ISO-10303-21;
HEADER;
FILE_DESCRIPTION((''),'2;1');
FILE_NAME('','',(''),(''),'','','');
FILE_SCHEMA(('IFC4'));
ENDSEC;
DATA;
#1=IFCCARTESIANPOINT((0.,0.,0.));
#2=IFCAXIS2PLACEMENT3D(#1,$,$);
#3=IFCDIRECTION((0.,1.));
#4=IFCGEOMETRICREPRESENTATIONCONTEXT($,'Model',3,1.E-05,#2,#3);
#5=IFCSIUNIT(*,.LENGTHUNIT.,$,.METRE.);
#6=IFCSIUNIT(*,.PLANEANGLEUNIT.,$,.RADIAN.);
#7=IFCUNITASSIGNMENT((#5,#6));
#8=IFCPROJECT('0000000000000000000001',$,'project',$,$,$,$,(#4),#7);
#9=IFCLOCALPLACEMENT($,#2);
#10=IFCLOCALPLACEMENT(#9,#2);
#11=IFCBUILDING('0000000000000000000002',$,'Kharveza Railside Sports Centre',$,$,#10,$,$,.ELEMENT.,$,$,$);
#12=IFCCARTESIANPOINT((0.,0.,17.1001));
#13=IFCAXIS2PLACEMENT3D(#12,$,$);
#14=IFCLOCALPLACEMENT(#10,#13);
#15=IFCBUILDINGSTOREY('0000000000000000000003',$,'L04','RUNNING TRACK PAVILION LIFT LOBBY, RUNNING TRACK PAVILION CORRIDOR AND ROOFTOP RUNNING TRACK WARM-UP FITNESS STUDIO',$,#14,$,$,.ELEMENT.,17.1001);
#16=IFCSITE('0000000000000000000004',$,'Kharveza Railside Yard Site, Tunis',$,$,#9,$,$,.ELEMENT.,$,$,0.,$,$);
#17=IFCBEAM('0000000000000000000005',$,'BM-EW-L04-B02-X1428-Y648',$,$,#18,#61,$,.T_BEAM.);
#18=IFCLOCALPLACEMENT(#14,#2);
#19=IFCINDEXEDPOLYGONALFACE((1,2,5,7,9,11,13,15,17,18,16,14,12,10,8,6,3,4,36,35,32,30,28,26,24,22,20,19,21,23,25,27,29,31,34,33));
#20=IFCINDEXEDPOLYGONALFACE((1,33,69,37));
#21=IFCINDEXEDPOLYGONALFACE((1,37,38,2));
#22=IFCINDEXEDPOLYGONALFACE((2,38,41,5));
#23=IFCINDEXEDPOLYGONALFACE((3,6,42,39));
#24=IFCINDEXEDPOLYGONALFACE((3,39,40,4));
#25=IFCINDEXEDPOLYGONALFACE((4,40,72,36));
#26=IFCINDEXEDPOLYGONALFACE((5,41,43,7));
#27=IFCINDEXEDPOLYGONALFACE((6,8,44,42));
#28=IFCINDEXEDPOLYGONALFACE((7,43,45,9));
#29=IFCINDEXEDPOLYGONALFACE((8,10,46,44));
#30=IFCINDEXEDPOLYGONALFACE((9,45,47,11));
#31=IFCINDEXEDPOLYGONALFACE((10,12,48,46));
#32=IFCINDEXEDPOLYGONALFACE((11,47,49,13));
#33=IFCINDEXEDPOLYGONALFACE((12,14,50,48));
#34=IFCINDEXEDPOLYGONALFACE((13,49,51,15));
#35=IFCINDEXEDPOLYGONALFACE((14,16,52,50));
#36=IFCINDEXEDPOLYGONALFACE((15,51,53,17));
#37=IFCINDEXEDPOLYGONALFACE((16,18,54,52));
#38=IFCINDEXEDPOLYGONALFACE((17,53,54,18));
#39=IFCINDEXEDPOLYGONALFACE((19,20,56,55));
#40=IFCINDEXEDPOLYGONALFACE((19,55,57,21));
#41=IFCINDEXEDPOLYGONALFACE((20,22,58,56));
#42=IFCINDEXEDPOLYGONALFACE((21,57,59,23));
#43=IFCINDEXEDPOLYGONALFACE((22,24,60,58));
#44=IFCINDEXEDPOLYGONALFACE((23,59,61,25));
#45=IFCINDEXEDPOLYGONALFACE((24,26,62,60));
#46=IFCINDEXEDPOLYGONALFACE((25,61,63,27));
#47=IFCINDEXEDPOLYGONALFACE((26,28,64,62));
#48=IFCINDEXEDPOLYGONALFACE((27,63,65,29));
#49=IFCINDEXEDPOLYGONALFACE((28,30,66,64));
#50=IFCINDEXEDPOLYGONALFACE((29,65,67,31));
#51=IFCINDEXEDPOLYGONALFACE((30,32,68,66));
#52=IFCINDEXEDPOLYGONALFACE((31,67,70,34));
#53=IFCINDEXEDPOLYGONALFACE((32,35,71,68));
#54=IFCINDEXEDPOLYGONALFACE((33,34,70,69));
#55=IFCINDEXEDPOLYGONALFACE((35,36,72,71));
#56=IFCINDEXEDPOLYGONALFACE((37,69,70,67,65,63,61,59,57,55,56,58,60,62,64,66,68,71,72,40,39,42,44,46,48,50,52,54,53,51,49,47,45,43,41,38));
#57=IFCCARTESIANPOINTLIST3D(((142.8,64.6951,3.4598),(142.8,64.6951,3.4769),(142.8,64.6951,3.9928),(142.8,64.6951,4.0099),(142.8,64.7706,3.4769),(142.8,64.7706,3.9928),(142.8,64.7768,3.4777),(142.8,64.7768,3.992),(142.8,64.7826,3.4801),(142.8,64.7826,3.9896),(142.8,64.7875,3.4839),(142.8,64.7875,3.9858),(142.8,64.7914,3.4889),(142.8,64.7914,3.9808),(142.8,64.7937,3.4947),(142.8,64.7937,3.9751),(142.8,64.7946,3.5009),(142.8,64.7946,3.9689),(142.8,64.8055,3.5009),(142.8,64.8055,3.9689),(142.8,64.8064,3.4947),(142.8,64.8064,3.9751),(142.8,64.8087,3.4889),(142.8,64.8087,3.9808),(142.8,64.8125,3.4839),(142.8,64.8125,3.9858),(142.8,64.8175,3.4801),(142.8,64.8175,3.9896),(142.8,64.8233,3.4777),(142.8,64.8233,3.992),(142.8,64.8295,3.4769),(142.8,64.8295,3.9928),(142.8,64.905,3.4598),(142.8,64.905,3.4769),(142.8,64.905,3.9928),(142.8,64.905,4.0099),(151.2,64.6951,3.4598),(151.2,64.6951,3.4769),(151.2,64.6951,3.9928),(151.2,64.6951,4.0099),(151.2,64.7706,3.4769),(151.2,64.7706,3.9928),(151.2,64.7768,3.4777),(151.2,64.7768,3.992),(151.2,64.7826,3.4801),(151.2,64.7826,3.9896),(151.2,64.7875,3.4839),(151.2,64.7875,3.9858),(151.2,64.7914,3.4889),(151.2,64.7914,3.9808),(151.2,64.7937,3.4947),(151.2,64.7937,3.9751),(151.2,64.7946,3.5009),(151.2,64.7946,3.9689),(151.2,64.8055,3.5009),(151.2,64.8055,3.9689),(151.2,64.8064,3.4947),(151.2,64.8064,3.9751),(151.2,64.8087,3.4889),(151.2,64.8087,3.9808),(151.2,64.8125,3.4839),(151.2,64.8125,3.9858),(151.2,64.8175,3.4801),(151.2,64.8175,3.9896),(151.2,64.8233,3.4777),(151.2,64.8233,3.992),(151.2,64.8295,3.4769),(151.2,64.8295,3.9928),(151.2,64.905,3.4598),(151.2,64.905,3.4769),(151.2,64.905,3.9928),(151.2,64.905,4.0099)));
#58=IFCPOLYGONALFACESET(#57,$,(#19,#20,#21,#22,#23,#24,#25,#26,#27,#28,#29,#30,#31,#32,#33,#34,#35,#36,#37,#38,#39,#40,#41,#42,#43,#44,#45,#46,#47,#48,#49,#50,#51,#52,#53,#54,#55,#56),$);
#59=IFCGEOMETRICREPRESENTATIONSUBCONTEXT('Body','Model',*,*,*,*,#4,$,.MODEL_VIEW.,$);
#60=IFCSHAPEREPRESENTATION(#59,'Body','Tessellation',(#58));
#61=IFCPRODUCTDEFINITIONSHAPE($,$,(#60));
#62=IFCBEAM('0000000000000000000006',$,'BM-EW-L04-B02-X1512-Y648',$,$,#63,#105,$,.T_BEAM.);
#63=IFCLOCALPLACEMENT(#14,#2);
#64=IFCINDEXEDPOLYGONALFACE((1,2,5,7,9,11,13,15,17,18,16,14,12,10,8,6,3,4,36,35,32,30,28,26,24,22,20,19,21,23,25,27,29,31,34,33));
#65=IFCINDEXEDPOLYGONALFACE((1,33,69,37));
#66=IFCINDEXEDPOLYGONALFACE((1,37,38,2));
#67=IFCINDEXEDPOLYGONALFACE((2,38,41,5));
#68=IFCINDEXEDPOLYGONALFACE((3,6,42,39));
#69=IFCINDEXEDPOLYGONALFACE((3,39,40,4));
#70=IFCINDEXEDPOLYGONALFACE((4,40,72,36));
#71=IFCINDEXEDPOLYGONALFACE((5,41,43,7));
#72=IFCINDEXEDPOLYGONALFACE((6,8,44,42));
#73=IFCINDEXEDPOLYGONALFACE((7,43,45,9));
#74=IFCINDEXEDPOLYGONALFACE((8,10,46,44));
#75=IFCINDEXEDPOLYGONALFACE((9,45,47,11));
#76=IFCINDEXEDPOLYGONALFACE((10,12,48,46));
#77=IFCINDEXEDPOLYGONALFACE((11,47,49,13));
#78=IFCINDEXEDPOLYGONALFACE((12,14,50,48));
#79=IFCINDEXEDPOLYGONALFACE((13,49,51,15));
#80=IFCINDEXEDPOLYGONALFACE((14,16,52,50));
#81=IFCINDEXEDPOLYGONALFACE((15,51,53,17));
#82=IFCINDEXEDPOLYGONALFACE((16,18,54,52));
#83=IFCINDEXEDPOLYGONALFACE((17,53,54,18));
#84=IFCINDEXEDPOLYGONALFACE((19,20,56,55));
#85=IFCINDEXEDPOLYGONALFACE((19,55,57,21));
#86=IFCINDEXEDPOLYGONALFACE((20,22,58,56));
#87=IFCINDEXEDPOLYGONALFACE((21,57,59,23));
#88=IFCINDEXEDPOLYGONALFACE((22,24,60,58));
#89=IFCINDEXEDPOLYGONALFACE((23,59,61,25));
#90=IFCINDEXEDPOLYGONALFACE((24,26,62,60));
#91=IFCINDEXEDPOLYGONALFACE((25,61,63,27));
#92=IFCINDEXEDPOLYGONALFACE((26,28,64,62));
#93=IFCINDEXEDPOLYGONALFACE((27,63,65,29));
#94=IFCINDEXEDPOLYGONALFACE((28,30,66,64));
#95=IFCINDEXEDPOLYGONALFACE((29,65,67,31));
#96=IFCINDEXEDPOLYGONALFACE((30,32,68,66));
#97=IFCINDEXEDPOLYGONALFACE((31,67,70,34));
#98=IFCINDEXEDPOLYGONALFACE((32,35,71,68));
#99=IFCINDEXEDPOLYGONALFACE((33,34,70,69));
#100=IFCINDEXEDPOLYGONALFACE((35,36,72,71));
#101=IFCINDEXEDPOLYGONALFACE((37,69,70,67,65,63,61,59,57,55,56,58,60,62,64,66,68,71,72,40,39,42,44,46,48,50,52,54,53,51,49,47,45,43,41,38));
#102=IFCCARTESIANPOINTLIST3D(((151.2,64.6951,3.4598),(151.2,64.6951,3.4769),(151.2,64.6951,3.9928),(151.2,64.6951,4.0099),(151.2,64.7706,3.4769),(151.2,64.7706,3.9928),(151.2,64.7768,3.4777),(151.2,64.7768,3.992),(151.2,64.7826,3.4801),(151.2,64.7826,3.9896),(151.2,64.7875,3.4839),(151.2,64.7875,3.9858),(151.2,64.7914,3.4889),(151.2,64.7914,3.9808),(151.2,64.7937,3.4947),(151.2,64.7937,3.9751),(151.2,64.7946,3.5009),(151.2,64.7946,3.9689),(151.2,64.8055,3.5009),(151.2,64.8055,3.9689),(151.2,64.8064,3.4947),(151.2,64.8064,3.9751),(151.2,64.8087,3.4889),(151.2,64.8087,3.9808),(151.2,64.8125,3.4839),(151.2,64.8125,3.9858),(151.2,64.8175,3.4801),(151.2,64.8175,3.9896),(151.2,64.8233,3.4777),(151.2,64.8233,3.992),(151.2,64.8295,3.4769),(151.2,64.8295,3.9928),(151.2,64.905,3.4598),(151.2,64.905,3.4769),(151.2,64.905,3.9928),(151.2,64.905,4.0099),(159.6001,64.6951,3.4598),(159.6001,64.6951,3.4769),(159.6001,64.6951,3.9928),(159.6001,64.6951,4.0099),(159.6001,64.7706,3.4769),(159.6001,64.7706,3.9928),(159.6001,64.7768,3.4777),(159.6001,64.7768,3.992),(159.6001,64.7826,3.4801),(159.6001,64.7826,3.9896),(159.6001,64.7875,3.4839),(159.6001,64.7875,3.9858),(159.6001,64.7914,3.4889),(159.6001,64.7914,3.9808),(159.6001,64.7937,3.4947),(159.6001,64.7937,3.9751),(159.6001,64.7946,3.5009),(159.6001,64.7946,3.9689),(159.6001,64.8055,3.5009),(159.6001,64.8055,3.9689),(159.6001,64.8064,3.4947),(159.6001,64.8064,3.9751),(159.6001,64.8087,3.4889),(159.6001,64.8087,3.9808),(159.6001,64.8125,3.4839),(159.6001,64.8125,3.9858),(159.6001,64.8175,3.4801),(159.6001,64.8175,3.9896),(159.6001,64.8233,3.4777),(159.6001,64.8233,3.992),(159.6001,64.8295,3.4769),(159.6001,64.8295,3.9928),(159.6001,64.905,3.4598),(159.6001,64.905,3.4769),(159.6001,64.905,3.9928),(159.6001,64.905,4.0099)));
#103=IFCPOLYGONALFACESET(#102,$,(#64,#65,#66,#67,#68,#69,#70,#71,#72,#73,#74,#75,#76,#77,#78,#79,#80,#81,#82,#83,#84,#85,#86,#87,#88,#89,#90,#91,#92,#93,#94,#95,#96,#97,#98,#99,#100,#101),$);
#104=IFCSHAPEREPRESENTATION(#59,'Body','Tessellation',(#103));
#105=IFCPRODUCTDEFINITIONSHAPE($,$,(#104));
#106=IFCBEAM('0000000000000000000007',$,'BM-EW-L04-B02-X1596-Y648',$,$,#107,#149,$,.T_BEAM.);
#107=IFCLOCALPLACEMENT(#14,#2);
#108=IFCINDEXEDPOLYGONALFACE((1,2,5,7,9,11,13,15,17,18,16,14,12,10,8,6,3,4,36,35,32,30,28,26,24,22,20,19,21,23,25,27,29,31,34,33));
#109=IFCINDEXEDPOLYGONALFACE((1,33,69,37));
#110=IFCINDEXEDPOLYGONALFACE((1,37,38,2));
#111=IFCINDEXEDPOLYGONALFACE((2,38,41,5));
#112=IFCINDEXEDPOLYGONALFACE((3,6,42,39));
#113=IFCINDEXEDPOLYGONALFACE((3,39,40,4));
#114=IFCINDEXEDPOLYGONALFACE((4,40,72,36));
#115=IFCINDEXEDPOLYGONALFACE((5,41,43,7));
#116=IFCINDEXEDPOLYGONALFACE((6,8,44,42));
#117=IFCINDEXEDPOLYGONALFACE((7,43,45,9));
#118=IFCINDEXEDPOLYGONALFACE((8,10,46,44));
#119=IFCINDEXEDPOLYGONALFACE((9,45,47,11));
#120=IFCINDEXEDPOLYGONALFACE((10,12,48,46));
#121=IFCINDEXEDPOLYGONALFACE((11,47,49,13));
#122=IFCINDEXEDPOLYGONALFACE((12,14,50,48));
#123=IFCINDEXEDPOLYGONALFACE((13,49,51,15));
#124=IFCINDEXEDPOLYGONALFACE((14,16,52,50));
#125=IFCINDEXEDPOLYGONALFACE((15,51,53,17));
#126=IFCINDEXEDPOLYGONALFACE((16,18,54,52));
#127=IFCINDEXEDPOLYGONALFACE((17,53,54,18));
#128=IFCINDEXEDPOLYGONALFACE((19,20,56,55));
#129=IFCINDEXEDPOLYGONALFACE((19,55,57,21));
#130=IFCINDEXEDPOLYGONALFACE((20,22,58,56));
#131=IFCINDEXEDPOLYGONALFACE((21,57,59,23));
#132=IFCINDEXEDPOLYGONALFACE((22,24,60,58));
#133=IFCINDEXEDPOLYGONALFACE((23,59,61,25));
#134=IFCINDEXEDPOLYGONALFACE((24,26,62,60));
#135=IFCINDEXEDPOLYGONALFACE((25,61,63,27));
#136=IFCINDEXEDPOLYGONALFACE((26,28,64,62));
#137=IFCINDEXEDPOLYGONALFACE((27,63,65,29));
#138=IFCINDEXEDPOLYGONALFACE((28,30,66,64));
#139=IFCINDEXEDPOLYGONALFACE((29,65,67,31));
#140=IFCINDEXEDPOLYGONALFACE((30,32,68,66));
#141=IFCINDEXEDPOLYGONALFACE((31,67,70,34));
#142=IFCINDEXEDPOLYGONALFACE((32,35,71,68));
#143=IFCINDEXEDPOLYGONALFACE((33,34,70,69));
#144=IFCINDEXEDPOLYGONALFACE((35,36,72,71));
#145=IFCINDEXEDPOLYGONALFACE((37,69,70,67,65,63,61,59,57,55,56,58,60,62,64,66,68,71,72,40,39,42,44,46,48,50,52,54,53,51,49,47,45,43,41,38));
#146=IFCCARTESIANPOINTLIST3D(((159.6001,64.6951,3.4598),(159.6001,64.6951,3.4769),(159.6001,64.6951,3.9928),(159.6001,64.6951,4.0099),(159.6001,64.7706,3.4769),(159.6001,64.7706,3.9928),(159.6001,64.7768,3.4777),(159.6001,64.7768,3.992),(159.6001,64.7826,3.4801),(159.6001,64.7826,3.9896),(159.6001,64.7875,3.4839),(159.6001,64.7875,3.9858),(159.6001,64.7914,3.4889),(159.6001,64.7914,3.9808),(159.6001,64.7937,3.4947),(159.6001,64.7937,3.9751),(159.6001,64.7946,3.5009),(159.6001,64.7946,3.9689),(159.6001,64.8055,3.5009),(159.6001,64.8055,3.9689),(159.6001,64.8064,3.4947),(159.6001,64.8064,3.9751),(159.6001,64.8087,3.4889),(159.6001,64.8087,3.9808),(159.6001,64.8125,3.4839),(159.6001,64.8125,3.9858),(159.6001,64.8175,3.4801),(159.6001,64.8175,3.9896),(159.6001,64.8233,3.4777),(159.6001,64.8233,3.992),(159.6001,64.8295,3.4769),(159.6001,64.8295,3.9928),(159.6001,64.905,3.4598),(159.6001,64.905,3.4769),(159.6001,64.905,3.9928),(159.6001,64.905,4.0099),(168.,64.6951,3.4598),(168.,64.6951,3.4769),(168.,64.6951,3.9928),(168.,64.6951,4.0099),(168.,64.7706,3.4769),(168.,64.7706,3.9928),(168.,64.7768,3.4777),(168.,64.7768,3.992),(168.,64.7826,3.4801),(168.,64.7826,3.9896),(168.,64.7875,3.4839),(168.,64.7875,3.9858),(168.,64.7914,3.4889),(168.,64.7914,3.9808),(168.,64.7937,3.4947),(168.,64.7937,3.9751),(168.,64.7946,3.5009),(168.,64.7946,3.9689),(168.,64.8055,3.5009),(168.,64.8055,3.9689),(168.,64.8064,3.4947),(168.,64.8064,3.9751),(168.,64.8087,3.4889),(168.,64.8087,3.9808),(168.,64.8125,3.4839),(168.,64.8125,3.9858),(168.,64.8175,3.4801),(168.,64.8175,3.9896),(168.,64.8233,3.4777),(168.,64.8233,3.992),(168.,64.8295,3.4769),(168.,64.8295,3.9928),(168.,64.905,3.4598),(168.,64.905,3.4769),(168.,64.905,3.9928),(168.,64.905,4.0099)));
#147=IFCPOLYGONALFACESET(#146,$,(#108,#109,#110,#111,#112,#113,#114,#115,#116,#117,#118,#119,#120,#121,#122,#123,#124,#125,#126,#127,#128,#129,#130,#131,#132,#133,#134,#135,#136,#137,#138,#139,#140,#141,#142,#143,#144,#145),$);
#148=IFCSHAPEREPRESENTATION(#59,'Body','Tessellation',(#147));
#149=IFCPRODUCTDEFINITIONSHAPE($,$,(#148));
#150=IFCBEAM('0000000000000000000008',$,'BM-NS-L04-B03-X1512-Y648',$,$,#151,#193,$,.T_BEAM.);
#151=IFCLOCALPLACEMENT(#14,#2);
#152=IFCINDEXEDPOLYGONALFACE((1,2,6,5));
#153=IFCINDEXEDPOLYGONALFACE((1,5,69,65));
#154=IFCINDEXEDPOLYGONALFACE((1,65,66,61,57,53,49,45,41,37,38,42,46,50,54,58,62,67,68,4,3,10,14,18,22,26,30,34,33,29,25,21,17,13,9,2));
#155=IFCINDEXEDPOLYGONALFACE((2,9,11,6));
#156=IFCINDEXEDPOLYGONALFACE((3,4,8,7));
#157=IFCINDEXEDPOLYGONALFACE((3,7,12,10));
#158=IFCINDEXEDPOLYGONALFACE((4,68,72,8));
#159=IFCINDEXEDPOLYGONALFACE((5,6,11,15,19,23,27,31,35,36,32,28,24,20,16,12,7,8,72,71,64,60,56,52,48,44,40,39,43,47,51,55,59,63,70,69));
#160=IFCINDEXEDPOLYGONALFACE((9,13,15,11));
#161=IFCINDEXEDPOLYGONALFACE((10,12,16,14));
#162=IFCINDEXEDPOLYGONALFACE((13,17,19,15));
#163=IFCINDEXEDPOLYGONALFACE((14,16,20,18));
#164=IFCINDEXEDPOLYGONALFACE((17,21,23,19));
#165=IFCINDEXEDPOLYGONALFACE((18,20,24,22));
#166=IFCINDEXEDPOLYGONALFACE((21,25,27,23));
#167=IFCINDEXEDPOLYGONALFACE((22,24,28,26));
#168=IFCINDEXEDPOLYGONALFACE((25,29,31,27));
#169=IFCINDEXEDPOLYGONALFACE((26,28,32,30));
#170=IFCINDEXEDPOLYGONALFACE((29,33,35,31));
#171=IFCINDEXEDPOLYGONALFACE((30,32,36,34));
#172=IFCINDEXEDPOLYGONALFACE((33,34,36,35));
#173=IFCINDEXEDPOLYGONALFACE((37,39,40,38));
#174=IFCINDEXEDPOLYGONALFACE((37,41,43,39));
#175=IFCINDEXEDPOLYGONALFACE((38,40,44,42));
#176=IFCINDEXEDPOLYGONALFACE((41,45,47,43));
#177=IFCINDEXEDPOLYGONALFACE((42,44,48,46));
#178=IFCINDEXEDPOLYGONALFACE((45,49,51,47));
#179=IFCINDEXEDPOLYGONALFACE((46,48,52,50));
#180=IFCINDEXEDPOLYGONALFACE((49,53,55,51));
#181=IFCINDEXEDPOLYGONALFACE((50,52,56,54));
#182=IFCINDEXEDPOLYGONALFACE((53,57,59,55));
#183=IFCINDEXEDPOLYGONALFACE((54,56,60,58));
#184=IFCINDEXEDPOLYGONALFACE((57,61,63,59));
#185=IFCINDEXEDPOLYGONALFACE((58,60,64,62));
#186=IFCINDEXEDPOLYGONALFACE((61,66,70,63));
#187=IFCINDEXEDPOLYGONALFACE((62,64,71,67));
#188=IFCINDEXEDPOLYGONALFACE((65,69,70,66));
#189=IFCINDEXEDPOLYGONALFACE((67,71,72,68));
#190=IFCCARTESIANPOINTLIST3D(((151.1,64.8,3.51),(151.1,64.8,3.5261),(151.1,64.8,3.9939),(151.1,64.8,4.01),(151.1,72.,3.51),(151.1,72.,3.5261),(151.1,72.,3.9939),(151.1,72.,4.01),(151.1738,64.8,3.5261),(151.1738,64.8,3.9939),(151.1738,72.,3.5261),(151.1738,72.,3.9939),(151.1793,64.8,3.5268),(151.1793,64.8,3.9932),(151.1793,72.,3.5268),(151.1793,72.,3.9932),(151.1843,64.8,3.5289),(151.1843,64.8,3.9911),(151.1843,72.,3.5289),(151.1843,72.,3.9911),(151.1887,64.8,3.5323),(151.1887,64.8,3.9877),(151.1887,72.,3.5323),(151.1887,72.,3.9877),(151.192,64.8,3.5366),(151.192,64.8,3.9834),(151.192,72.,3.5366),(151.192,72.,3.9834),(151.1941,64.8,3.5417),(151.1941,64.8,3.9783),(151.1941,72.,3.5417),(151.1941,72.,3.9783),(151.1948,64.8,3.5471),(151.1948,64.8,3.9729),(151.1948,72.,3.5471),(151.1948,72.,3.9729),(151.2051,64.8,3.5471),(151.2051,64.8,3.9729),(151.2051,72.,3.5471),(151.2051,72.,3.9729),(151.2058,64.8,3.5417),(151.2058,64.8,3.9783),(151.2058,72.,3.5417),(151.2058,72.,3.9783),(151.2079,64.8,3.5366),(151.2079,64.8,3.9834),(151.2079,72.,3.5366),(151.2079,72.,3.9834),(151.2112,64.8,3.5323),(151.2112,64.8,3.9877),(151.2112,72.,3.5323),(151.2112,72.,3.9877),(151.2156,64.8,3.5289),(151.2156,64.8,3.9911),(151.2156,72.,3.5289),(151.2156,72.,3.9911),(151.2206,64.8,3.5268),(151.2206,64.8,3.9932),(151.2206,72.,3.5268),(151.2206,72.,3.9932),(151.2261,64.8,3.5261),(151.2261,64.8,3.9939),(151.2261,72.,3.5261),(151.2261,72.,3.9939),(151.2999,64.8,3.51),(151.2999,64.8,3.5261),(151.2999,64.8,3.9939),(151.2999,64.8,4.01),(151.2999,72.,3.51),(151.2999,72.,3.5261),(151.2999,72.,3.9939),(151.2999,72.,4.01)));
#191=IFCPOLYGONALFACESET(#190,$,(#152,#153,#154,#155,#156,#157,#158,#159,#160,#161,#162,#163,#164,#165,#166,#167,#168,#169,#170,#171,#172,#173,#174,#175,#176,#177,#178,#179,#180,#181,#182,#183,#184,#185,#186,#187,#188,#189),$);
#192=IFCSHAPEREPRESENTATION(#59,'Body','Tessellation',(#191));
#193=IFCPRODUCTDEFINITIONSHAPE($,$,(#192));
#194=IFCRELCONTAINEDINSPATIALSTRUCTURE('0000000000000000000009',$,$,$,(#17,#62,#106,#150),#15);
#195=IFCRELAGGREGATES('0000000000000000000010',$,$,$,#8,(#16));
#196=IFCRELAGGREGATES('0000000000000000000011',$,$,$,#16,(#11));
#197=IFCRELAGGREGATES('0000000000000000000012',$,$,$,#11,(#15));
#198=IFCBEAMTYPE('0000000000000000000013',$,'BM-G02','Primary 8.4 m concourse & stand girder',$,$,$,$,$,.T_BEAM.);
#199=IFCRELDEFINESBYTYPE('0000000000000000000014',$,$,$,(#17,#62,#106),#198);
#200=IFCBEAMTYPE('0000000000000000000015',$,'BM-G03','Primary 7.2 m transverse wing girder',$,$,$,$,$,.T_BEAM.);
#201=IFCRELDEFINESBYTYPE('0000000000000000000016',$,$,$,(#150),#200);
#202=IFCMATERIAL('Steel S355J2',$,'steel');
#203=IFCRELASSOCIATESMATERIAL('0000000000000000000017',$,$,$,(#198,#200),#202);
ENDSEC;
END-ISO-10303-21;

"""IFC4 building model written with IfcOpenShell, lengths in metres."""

from ifc_helpers import new_model, si_unit, direction, frame, origin, origin_2d, place, context, subcontext, project, spatial, i_section, extrude, material, material_profile, profile_set, type_object, element, save


model = new_model("IFC4")

# Units and contexts
model_context = context("Model", 3, precision=1e-05, world=origin(), true_north=direction((0.0, 1.0)))
body_context = subcontext(model_context, "Body", "Model", "MODEL_VIEW")
ifc_project = project(units=[si_unit("LENGTHUNIT", "METRE"), si_unit("PLANEANGLEUNIT", "RADIAN")], contexts=[model_context])

# Site, building, storey
site_placement = place(None, origin())
site = spatial("IfcSite", under=ifc_project, at=site_placement, Name="Kharveza Railside Yard Site, Tunis", CompositionType="ELEMENT", RefElevation=0.0)
building_placement = place(site_placement, origin())
building = spatial("IfcBuilding", under=site, at=building_placement, Name="Kharveza Railside Sports Centre", CompositionType="ELEMENT")
storey_placement = place(building_placement, frame((0.0, 0.0, 17.1001)))
storey = spatial("IfcBuildingStorey", under=building, at=storey_placement, Name="L04", Description="RUNNING TRACK PAVILION LIFT LOBBY, RUNNING TRACK PAVILION CORRIDOR AND ROOFTOP RUNNING TRACK WARM-UP FITNESS STUDIO", CompositionType="ELEMENT", Elevation=17.1001)

# Shared definitions
ifc_material_1 = material(Name="Steel S355J2", Category="steel")

# Beams
ifc_material_profile_1 = material_profile(ifc_material_1, i_section(OverallWidth=0.21, OverallDepth=0.55, WebThickness=0.011, FlangeThickness=0.0171, FilletRadius=0.0239, at=origin_2d()), Name="IPE 550")
ifc_profile_set_1 = profile_set([ifc_material_profile_1], Name="Steel S355J2")
beam_type_1 = type_object("IfcBeamType", Name="BM-G02", Description="Primary 8.4 m concourse & stand girder", PredefinedType="T_BEAM", material=ifc_profile_set_1)
beam_1_placement = place(storey_placement, frame((142.8, 64.8, 3.7349), z_axis=(1.0, 0.0, 0.0), x_axis=(0.0, 1.0, 0.0)))
element("IfcBeam", 1, at=beam_1_placement, inside=storey, type_object=beam_type_1, Name="BM-EW-L04-B02-X1428-Y648", PredefinedType="T_BEAM", context=body_context, shape_type="SweptSolid", body=[
    extrude(i_section(OverallWidth=0.21, OverallDepth=0.55, WebThickness=0.011, FlangeThickness=0.0171, FilletRadius=0.0239, at=origin_2d()), origin(), (0.0, 0.0, 1.0), 8.3999),
])
beam_2_placement = place(storey_placement, frame((151.2, 64.8, 3.7349), z_axis=(1.0, 0.0, 0.0), x_axis=(0.0, 1.0, 0.0)))
element("IfcBeam", 2, at=beam_2_placement, inside=storey, type_object=beam_type_1, Name="BM-EW-L04-B02-X1512-Y648", PredefinedType="T_BEAM", context=body_context, shape_type="SweptSolid", body=[
    extrude(i_section(OverallWidth=0.21, OverallDepth=0.55, WebThickness=0.011, FlangeThickness=0.0171, FilletRadius=0.0239, at=origin_2d()), origin(), (0.0, 0.0, 1.0), 8.4001),
])
beam_3_placement = place(storey_placement, frame((159.6001, 64.8, 3.7349), z_axis=(1.0, 0.0, 0.0), x_axis=(0.0, 1.0, 0.0)))
element("IfcBeam", 3, at=beam_3_placement, inside=storey, type_object=beam_type_1, Name="BM-EW-L04-B02-X1596-Y648", PredefinedType="T_BEAM", context=body_context, shape_type="SweptSolid", body=[
    extrude(i_section(OverallWidth=0.21, OverallDepth=0.55, WebThickness=0.011, FlangeThickness=0.0171, FilletRadius=0.0239, at=origin_2d()), origin(), (0.0, 0.0, 1.0), 8.3999),
])
ifc_material_profile_2 = material_profile(ifc_material_1, i_section(OverallWidth=0.2, OverallDepth=0.5, WebThickness=0.0103, FlangeThickness=0.0161, FilletRadius=0.021, at=origin_2d()), Name="IPE 500")
ifc_profile_set_2 = profile_set([ifc_material_profile_2], Name="Steel S355J2")
beam_type_2 = type_object("IfcBeamType", Name="BM-G03", Description="Primary 7.2 m transverse wing girder", PredefinedType="T_BEAM", material=ifc_profile_set_2)
beam_4_placement = place(storey_placement, frame((151.2, 64.8, 3.76), z_axis=(0.0, 1.0, 0.0), x_axis=(-1.0, 0.0, 0.0)))
element("IfcBeam", 4, at=beam_4_placement, inside=storey, type_object=beam_type_2, Name="BM-NS-L04-B03-X1512-Y648", PredefinedType="T_BEAM", context=body_context, shape_type="SweptSolid", body=[
    extrude(i_section(OverallWidth=0.2, OverallDepth=0.5, WebThickness=0.0103, FlangeThickness=0.0161, FilletRadius=0.021, at=origin_2d()), origin(), (0.0, 0.0, 1.0), 7.2),
])

save(model, "model.ifc")
